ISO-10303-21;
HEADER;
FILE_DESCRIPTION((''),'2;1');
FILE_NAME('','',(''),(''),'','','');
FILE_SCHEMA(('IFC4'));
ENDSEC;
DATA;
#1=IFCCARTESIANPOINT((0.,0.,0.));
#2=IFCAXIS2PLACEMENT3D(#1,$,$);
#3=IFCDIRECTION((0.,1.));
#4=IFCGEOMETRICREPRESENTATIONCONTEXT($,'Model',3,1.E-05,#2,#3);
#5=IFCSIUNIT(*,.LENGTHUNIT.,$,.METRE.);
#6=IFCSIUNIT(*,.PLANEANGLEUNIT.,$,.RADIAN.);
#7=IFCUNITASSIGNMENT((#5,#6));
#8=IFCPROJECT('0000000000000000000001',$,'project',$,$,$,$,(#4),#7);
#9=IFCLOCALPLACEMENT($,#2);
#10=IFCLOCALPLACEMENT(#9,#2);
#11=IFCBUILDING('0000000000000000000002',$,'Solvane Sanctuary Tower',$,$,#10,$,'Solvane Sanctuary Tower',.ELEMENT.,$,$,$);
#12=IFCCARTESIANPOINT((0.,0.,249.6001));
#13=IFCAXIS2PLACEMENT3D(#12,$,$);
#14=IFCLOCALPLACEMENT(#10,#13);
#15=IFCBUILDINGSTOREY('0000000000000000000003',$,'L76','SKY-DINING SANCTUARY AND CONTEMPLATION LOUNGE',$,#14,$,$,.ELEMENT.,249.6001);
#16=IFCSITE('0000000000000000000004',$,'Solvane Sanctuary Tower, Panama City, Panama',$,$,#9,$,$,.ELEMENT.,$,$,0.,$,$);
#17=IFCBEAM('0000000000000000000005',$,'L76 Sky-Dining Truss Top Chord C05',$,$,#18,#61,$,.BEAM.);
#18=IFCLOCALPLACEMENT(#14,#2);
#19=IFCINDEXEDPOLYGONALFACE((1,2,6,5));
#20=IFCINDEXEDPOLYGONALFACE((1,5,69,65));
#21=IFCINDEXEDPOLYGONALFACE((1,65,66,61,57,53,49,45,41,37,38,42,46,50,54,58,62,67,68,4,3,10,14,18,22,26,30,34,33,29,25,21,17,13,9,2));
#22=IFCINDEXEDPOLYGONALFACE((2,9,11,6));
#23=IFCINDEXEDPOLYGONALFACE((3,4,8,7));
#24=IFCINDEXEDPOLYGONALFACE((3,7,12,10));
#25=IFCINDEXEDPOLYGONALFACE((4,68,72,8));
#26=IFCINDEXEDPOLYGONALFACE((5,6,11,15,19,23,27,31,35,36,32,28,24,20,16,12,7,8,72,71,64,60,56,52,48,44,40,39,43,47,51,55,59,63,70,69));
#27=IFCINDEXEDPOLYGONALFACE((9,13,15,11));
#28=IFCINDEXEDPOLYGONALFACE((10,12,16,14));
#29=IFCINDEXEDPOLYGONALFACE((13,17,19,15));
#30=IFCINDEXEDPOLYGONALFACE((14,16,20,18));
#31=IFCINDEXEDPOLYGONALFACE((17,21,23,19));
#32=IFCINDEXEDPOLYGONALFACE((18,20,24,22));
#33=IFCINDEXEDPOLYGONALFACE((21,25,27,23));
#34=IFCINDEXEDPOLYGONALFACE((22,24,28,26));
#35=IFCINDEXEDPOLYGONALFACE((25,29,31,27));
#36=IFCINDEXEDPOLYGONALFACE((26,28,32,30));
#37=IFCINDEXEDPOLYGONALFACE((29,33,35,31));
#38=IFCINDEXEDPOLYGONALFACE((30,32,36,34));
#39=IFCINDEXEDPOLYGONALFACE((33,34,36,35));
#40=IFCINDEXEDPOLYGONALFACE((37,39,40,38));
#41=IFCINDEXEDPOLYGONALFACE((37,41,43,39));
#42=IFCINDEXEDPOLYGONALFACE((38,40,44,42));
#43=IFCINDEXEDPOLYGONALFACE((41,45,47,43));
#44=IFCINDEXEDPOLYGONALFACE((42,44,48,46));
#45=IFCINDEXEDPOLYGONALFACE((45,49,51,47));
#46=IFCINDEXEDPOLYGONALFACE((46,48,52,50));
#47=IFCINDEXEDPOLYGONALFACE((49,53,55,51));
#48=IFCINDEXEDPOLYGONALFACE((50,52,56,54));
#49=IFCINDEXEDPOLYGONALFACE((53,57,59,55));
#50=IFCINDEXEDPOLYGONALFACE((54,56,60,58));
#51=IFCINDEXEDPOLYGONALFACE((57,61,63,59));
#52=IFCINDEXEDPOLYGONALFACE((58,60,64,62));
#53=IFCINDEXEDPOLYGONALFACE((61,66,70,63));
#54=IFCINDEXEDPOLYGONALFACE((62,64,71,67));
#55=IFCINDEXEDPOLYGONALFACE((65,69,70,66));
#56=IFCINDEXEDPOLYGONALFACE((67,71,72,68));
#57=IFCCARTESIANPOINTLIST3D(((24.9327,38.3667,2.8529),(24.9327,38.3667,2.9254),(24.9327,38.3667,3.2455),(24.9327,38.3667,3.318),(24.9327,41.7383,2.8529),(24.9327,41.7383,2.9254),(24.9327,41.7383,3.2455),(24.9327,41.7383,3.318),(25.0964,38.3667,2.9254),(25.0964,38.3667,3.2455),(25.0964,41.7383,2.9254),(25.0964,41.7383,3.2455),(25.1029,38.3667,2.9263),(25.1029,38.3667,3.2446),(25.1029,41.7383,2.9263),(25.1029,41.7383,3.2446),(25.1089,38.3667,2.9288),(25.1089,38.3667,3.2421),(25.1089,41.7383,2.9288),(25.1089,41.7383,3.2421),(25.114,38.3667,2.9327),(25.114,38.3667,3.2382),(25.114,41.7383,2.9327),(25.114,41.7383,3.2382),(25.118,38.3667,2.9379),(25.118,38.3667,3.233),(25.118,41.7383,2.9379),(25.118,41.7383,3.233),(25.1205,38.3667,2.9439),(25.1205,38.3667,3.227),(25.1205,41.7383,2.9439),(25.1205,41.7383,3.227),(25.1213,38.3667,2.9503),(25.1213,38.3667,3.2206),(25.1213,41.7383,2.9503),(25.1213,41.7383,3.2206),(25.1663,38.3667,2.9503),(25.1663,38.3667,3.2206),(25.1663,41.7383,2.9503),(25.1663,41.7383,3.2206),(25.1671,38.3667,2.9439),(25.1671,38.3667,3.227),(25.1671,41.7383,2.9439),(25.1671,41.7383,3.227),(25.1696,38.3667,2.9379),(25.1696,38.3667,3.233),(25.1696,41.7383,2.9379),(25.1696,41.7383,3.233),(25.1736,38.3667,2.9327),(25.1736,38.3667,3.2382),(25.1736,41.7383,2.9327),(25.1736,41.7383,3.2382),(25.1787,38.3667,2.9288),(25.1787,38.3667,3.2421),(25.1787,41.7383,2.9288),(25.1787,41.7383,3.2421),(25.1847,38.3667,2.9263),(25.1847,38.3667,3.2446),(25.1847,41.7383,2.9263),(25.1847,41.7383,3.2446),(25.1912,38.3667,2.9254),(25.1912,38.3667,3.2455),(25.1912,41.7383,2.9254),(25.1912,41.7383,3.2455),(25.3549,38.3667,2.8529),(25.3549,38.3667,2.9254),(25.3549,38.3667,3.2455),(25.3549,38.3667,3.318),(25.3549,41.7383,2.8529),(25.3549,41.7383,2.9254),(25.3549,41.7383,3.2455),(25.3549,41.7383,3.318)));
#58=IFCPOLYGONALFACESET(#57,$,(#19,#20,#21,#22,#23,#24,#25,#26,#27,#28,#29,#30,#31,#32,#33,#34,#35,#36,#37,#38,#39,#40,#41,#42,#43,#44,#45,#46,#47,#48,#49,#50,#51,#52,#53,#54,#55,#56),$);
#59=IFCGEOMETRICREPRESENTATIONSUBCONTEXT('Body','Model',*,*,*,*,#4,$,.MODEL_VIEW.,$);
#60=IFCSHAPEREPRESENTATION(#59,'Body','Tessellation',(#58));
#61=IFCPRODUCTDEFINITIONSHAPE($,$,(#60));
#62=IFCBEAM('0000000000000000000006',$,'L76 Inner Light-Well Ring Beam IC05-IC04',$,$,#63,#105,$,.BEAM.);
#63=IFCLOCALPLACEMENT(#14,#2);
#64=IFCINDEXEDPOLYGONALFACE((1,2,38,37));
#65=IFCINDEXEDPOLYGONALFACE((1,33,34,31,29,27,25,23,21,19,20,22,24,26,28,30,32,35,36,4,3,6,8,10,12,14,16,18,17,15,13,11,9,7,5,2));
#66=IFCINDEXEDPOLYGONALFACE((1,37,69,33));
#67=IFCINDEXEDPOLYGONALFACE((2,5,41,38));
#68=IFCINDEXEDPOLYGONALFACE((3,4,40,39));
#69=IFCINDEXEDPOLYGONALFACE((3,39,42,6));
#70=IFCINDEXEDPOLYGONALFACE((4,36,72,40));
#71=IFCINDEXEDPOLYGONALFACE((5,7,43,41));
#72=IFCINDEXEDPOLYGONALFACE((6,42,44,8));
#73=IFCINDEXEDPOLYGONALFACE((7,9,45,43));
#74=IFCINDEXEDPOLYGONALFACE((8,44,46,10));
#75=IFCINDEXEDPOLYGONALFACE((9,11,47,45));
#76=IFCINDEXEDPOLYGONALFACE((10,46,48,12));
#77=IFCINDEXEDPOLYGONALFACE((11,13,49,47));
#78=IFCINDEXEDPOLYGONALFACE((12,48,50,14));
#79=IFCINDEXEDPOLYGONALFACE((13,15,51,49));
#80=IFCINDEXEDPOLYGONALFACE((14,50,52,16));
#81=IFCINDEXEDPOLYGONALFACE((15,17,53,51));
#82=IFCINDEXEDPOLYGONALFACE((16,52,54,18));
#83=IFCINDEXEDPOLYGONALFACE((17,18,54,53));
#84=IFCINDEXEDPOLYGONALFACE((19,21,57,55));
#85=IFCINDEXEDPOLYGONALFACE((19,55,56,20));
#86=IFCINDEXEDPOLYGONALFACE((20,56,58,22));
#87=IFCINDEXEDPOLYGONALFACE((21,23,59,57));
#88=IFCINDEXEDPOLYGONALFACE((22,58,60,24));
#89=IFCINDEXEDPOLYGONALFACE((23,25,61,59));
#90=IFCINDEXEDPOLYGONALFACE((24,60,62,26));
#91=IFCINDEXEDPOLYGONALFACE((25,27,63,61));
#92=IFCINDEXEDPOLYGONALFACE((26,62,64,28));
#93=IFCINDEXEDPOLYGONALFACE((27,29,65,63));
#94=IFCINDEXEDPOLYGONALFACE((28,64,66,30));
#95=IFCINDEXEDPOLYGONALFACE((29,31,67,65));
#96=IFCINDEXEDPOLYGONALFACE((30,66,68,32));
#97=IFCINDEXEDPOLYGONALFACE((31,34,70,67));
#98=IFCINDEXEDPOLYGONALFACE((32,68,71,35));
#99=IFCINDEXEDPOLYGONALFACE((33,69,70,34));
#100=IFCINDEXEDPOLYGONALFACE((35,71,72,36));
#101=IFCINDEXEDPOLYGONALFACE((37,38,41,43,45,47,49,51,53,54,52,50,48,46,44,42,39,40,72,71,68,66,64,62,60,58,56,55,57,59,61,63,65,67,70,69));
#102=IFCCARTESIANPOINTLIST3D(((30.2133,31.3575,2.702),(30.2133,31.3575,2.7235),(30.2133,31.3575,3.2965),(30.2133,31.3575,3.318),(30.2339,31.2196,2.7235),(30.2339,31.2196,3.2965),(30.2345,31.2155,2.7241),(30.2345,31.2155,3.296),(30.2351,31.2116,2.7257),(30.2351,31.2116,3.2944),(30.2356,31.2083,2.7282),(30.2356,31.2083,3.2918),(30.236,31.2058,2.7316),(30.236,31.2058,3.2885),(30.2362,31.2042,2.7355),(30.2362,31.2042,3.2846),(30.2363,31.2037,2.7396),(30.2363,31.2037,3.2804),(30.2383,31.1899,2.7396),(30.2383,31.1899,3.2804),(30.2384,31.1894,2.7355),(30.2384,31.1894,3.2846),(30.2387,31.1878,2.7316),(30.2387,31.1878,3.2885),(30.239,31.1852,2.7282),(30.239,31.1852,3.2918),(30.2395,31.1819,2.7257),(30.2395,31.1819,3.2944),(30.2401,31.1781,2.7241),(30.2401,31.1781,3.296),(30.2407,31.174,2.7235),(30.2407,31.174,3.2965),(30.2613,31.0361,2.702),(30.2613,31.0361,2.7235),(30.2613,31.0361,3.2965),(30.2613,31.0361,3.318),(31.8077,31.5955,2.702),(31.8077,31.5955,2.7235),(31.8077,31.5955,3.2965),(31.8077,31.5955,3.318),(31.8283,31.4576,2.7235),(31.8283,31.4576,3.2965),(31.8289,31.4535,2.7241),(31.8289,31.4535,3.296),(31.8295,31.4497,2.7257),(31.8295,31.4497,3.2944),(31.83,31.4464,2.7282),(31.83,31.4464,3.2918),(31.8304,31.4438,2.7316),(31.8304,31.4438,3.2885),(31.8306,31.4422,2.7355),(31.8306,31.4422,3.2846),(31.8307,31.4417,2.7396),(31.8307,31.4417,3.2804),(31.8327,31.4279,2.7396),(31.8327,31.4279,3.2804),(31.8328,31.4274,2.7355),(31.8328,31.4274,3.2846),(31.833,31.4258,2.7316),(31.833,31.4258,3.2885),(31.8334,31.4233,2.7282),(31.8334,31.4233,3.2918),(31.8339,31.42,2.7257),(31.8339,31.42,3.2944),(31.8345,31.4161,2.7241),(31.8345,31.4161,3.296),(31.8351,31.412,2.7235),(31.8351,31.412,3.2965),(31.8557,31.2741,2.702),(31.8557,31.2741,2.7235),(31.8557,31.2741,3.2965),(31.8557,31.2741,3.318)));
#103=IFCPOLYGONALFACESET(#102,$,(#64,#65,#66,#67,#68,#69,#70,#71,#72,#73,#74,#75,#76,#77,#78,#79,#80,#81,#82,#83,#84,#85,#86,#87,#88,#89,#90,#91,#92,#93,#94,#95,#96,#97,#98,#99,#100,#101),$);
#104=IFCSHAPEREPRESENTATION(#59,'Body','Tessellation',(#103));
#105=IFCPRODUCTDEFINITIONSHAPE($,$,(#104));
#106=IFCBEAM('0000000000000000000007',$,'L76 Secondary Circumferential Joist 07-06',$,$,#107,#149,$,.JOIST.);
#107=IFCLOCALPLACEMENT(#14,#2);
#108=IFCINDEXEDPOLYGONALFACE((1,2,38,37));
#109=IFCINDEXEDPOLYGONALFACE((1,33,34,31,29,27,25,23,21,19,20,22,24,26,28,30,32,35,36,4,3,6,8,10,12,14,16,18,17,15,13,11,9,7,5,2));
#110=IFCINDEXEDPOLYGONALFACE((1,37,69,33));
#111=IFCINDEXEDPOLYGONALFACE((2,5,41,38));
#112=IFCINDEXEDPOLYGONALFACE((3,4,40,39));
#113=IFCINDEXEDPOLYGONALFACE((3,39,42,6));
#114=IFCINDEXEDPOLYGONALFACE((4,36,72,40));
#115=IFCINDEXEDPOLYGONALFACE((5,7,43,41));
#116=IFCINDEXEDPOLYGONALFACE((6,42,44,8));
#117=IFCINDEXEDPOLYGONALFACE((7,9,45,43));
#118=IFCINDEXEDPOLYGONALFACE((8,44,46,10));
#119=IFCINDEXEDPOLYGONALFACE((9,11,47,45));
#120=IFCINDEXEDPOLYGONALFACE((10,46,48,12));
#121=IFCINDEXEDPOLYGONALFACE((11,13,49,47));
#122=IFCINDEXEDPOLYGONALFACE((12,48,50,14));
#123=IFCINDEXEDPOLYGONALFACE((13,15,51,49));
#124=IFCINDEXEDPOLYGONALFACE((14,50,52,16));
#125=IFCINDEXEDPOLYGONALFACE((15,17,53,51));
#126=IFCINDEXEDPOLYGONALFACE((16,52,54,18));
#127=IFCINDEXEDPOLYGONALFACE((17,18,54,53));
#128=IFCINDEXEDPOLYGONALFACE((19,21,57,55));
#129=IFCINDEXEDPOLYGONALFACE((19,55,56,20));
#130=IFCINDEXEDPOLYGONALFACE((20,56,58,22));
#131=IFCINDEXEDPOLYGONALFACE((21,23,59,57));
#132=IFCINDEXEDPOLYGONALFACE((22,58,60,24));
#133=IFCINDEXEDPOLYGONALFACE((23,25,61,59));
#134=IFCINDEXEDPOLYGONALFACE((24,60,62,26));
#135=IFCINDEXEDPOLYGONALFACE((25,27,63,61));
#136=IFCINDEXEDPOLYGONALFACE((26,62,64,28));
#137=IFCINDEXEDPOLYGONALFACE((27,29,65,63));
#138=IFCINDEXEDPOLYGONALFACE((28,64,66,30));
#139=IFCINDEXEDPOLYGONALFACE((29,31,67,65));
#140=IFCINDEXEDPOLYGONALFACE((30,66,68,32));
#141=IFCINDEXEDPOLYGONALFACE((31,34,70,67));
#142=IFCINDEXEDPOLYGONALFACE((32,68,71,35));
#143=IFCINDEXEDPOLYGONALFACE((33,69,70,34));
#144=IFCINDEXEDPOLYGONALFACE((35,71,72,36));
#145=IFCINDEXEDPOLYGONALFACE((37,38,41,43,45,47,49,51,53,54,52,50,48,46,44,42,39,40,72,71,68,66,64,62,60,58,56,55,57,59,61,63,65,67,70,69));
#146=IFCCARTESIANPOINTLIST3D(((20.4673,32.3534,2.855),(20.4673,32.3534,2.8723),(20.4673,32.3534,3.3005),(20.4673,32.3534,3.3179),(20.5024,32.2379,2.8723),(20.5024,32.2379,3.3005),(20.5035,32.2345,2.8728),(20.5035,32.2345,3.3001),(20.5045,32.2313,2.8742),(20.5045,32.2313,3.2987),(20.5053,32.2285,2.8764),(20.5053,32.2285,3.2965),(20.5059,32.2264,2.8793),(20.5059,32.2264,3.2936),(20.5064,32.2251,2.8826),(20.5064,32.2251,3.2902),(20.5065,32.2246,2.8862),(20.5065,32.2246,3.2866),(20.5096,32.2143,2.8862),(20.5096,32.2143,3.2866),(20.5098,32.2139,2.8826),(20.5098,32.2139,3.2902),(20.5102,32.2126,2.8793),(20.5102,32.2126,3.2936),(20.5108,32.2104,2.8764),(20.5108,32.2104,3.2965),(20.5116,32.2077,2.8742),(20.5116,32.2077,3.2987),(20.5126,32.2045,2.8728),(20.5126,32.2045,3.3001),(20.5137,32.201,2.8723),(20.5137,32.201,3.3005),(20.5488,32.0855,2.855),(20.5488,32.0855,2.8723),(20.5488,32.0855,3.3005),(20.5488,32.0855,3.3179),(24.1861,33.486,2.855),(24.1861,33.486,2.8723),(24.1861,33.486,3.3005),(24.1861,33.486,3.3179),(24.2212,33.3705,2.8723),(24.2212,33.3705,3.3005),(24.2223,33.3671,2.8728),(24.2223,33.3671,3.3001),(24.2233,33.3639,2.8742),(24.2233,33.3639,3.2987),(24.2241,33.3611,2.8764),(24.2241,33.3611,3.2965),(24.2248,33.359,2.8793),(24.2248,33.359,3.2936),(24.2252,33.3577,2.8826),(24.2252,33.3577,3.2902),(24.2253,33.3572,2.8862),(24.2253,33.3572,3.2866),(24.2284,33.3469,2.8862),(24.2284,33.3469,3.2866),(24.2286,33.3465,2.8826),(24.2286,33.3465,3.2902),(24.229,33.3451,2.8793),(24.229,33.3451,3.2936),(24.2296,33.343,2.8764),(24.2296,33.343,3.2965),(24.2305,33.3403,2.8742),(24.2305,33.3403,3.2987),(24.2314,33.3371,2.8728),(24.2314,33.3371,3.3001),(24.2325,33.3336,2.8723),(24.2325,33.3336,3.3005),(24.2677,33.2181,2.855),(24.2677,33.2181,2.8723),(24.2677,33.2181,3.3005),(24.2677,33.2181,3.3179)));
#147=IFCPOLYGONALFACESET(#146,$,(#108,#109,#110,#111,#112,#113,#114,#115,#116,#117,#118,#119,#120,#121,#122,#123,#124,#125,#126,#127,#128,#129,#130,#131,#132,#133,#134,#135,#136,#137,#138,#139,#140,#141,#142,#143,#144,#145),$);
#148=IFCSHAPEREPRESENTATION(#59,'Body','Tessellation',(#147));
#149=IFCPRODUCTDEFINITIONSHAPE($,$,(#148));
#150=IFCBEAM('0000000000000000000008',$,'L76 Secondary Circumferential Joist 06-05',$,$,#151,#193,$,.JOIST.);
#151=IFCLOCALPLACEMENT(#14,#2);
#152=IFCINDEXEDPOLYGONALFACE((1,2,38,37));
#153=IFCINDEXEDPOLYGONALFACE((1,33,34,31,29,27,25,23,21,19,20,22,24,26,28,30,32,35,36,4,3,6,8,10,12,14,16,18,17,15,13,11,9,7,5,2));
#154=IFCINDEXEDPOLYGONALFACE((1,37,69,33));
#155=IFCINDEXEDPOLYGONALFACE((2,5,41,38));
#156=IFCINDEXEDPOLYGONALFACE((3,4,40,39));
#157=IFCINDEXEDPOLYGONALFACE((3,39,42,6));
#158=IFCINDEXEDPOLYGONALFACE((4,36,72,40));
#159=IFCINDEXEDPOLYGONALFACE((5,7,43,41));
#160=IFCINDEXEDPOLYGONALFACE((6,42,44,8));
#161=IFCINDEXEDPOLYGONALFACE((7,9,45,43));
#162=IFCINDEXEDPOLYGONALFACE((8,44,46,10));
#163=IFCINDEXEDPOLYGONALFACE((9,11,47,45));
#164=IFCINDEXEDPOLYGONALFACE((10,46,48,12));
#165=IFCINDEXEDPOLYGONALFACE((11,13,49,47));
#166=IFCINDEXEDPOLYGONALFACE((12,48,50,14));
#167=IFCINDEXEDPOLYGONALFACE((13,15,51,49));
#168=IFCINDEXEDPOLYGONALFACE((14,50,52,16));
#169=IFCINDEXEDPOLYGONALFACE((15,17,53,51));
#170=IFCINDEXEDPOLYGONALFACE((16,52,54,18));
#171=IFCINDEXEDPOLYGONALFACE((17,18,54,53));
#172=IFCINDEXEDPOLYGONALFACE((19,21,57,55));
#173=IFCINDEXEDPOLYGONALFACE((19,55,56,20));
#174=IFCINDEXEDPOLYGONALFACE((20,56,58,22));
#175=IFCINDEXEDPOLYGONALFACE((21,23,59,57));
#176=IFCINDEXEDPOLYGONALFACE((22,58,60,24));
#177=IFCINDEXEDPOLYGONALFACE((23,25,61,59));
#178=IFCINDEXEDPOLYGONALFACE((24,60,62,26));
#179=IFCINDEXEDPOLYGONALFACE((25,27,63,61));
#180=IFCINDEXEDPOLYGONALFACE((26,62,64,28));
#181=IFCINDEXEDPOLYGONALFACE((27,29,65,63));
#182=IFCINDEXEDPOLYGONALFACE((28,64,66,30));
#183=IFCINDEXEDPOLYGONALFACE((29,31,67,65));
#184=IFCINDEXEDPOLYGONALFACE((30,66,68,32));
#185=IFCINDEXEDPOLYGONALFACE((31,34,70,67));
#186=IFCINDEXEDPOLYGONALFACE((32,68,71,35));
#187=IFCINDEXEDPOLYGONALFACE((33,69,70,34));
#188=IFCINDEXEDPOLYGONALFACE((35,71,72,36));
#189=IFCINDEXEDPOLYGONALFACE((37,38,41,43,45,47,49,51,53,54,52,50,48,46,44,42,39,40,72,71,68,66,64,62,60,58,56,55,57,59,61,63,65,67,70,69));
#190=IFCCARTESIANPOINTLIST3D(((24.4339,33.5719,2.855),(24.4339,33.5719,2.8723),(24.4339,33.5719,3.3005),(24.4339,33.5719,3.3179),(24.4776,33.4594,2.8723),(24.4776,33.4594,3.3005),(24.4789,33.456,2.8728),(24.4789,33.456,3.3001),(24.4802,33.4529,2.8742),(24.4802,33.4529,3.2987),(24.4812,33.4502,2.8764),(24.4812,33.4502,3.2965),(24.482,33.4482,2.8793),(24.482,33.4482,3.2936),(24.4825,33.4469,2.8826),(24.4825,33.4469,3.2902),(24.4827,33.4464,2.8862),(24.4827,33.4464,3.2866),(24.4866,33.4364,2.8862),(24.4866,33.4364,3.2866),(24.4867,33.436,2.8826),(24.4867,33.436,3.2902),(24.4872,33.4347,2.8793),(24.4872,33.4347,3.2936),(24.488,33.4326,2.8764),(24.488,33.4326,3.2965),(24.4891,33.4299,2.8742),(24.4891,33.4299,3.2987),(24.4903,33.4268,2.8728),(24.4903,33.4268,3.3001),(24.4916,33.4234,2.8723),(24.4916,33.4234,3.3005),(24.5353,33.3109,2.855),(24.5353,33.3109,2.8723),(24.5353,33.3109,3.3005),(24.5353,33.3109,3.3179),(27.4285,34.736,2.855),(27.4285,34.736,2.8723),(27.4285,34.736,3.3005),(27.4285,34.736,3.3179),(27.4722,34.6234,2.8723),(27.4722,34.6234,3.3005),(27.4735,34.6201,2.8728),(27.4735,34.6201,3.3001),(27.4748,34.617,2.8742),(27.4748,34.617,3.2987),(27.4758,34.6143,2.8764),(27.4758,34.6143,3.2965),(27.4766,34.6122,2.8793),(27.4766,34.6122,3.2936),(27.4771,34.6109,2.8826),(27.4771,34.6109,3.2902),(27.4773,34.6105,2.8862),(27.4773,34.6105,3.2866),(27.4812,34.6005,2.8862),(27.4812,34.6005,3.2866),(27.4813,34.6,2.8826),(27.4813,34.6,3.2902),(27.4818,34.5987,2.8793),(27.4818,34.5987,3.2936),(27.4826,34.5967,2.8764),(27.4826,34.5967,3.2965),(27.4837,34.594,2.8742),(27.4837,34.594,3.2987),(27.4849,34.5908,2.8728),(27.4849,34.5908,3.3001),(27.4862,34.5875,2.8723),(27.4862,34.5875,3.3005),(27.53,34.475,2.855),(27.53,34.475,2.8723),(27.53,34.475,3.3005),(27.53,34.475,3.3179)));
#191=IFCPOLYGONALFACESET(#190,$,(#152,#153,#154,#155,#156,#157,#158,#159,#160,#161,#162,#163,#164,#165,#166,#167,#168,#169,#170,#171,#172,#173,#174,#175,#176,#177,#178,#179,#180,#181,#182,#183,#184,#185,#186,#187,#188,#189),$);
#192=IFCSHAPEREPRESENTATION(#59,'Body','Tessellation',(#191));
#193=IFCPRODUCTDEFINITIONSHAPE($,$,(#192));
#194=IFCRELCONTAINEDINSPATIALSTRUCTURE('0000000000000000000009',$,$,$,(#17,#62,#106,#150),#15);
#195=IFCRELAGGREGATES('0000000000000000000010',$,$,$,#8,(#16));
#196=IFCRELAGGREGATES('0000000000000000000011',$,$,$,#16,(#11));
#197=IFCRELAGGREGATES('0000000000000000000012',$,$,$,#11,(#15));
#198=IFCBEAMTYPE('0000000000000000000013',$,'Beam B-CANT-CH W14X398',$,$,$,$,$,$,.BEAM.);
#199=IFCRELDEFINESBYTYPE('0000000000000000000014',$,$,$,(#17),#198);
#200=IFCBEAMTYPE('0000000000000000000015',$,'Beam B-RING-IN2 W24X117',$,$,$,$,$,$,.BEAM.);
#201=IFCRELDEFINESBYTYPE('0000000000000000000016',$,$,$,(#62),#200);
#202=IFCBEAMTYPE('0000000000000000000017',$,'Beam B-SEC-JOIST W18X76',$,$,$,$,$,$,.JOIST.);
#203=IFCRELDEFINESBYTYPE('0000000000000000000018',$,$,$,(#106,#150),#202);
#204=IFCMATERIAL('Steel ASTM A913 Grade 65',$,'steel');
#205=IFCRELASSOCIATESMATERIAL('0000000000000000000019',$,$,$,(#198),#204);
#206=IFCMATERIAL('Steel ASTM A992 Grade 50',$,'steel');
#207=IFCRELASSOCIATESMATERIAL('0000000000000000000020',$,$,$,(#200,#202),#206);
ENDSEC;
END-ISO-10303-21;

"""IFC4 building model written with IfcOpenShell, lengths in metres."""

from ifc_helpers import new_model, si_unit, direction, frame, origin, origin_2d, place, context, subcontext, project, spatial, i_section, extrude, material, material_profile, profile_set, type_object, element, save


model = new_model("IFC4")

# Units and contexts
model_context = context("Model", 3, precision=1e-05, world=origin(), true_north=direction((0.0, 1.0)))
body_context = subcontext(model_context, "Body", "Model", "MODEL_VIEW")
ifc_project = project(units=[si_unit("LENGTHUNIT", "METRE"), si_unit("PLANEANGLEUNIT", "RADIAN")], contexts=[model_context])

# Site, building, storey
site_placement = place(None, origin())
site = spatial("IfcSite", under=ifc_project, at=site_placement, Name="Solvane Sanctuary Tower, Panama City, Panama", CompositionType="ELEMENT", RefElevation=0.0)
building_placement = place(site_placement, origin())
building = spatial("IfcBuilding", under=site, at=building_placement, Name="Solvane Sanctuary Tower", LongName="Solvane Sanctuary Tower", CompositionType="ELEMENT")
storey_placement = place(building_placement, frame((0.0, 0.0, 249.6001)))
storey = spatial("IfcBuildingStorey", under=building, at=storey_placement, Name="L76", Description="SKY-DINING SANCTUARY AND CONTEMPLATION LOUNGE", CompositionType="ELEMENT", Elevation=249.6001)

# Shared definitions
ifc_material_1 = material(Name="Steel ASTM A913 Grade 65", Category="steel")

# Beams
ifc_material_profile_1 = material_profile(ifc_material_1, i_section(OverallWidth=0.4221, OverallDepth=0.4651, WebThickness=0.0449, FlangeThickness=0.0725, FilletRadius=0.0249, at=origin_2d()), Name="W14X398")
ifc_profile_set_1 = profile_set([ifc_material_profile_1], Name="Steel ASTM A913 Grade 65")
beam_type_1 = type_object("IfcBeamType", Name="Beam B-CANT-CH W14X398", PredefinedType="BEAM", material=ifc_profile_set_1)
beam_1_placement = place(storey_placement, frame((25.1438, 38.3667, 3.0854), z_axis=(0.0, 1.0, 0.0), x_axis=(-1.0, 0.0, 0.0)))
element("IfcBeam", 1, at=beam_1_placement, inside=storey, type_object=beam_type_1, Name="L76 Sky-Dining Truss Top Chord C05", PredefinedType="BEAM", context=body_context, shape_type="SweptSolid", body=[
    extrude(i_section(OverallWidth=0.4221, OverallDepth=0.4651, WebThickness=0.0449, FlangeThickness=0.0725, FilletRadius=0.0249, at=origin_2d()), origin(), (0.0, 0.0, 1.0), 3.3716),
])
ifc_material_2 = material(Name="Steel ASTM A992 Grade 50", Category="steel")
ifc_material_profile_2 = material_profile(ifc_material_2, i_section(OverallWidth=0.325, OverallDepth=0.616, WebThickness=0.0139, FlangeThickness=0.0215, FilletRadius=0.0161, at=origin_2d()), Name="W24X117")
ifc_profile_set_2 = profile_set([ifc_material_profile_2], Name="Steel ASTM A992 Grade 50")
beam_type_2 = type_object("IfcBeamType", Name="Beam B-RING-IN2 W24X117", PredefinedType="BEAM", material=ifc_profile_set_2)
beam_2_placement = place(storey_placement, frame((30.2373, 31.1968, 3.01), z_axis=(0.989039, 0.147652, 0.0), x_axis=(-0.147652, 0.989039, 0.0)))
element("IfcBeam", 2, at=beam_2_placement, inside=storey, type_object=beam_type_2, Name="L76 Inner Light-Well Ring Beam IC05-IC04", PredefinedType="BEAM", context=body_context, shape_type="SweptSolid", body=[
    extrude(i_section(OverallWidth=0.325, OverallDepth=0.616, WebThickness=0.0139, FlangeThickness=0.0215, FilletRadius=0.0161, at=origin_2d()), origin(), (0.0, 0.0, 1.0), 1.6121),
])
ifc_material_profile_3 = material_profile(ifc_material_2, i_section(OverallWidth=0.28, OverallDepth=0.4629, WebThickness=0.0107, FlangeThickness=0.0173, FilletRadius=0.0139, at=origin_2d()), Name="W18X76")
ifc_profile_set_3 = profile_set([ifc_material_profile_3], Name="Steel ASTM A992 Grade 50")
beam_type_3 = type_object("IfcBeamType", Name="Beam B-SEC-JOIST W18X76", PredefinedType="JOIST", material=ifc_profile_set_3)
beam_3_placement = place(storey_placement, frame((20.5081, 32.2195, 3.0864), z_axis=(0.956618, 0.291344, 0.0), x_axis=(-0.291344, 0.956618, 0.0)))
element("IfcBeam", 3, at=beam_3_placement, inside=storey, type_object=beam_type_3, Name="L76 Secondary Circumferential Joist 07-06", PredefinedType="JOIST", context=body_context, shape_type="SweptSolid", body=[
    extrude(i_section(OverallWidth=0.28, OverallDepth=0.4629, WebThickness=0.0107, FlangeThickness=0.0173, FilletRadius=0.0139, at=origin_2d()), origin(), (0.0, 0.0, 1.0), 3.8875),
])
beam_4_placement = place(storey_placement, frame((24.4846, 33.4414, 3.0864), z_axis=(0.932059, 0.362307, 0.0), x_axis=(-0.362307, 0.932059, 0.0)))
element("IfcBeam", 4, at=beam_4_placement, inside=storey, type_object=beam_type_3, Name="L76 Secondary Circumferential Joist 06-05", PredefinedType="JOIST", context=body_context, shape_type="SweptSolid", body=[
    extrude(i_section(OverallWidth=0.28, OverallDepth=0.4629, WebThickness=0.0107, FlangeThickness=0.0173, FilletRadius=0.0139, at=origin_2d()), origin(), (0.0, 0.0, 1.0), 3.2129),
])

save(model, "model.ifc")
